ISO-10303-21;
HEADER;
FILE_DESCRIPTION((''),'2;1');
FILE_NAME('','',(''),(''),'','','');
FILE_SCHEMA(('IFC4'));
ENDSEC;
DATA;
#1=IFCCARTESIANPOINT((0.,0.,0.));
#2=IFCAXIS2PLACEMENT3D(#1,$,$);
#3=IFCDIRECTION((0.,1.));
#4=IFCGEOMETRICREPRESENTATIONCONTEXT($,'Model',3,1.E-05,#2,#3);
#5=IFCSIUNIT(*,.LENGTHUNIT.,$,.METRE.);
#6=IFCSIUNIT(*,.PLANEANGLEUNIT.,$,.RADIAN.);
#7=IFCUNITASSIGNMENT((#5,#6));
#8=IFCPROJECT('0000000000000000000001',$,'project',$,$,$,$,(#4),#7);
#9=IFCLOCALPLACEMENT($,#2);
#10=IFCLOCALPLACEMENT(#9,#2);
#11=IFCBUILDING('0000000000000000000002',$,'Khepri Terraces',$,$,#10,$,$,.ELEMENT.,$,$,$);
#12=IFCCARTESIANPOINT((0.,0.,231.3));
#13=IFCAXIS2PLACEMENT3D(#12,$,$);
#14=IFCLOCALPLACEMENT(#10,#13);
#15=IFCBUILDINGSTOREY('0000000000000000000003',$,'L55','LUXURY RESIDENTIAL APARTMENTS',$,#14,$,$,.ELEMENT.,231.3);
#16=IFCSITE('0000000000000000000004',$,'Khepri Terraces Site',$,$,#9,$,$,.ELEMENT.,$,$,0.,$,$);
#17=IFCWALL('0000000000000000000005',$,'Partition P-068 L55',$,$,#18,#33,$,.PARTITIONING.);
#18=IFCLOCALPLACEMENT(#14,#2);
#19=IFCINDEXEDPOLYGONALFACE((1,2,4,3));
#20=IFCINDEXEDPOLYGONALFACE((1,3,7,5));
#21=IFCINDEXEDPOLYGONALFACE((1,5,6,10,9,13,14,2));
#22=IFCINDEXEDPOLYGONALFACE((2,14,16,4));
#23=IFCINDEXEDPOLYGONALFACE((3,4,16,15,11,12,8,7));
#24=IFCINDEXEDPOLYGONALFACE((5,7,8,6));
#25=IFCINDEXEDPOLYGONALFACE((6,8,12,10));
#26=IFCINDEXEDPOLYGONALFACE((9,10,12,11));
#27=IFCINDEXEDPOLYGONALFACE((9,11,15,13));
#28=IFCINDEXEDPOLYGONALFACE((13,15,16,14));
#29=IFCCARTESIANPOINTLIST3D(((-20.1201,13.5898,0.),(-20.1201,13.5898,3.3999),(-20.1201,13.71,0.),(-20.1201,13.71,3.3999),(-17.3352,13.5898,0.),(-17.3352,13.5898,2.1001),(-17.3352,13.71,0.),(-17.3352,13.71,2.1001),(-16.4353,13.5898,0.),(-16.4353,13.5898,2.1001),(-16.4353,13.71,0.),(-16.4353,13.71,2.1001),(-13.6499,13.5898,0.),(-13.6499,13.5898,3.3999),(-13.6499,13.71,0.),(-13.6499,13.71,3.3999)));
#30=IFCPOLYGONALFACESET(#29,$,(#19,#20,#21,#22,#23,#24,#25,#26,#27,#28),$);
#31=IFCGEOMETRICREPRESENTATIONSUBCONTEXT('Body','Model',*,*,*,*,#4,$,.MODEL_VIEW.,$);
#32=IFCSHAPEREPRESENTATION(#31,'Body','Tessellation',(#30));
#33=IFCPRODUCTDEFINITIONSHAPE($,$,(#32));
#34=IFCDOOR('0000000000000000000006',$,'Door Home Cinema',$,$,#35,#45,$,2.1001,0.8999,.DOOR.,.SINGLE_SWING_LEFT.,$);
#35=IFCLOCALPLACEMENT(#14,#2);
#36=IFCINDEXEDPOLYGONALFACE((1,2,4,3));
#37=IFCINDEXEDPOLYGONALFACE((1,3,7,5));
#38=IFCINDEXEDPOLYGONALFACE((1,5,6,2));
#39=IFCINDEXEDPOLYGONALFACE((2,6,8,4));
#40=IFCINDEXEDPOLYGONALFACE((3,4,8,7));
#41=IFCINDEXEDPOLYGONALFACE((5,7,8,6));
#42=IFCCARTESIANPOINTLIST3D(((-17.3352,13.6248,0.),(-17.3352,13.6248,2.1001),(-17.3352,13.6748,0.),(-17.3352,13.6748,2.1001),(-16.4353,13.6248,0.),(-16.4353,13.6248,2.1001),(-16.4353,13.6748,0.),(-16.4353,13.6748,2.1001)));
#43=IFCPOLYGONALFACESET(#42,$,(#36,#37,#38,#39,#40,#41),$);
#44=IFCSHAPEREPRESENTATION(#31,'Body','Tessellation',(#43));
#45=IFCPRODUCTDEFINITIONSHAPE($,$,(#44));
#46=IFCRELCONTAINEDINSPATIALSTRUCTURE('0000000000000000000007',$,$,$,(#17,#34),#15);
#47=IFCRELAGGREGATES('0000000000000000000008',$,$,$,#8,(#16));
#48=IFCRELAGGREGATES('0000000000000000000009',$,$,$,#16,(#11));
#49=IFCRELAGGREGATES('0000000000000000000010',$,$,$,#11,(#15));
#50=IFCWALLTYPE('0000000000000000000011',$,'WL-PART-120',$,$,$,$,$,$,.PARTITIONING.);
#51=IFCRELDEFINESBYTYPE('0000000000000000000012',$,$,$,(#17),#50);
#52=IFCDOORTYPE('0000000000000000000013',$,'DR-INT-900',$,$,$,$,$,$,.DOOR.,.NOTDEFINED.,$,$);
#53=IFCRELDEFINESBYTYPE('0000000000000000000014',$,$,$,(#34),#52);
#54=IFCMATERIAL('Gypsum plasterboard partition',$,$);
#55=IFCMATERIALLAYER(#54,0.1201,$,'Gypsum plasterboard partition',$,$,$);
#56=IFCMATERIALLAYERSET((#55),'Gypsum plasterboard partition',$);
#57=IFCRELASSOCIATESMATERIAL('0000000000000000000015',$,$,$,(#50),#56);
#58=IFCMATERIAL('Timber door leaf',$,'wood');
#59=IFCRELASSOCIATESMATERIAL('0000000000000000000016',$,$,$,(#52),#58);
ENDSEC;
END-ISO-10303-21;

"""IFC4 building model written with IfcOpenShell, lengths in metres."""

from ifc_helpers import new_model, si_unit, direction, frame, frame_2d, origin, place, context, subcontext, project, spatial, rectangle, extrude, material, layer, layer_set, type_object, element, fill, save


model = new_model("IFC4")

# Units and contexts
model_context = context("Model", 3, precision=1e-05, world=origin(), true_north=direction((0.0, 1.0)))
body_context = subcontext(model_context, "Body", "Model", "MODEL_VIEW")
ifc_project = project(units=[si_unit("LENGTHUNIT", "METRE"), si_unit("PLANEANGLEUNIT", "RADIAN")], contexts=[model_context])

# Site, building, storey
site_placement = place(None, origin())
site = spatial("IfcSite", under=ifc_project, at=site_placement, Name="Khepri Terraces Site", CompositionType="ELEMENT", RefElevation=0.0)
building_placement = place(site_placement, origin())
building = spatial("IfcBuilding", under=site, at=building_placement, Name="Khepri Terraces", CompositionType="ELEMENT")
storey_placement = place(building_placement, frame((0.0, 0.0, 231.3)))
storey = spatial("IfcBuildingStorey", under=building, at=storey_placement, Name="L55", Description="LUXURY RESIDENTIAL APARTMENTS", CompositionType="ELEMENT", Elevation=231.3)

# Shared definitions
ifc_material_1 = material(Name="Gypsum plasterboard partition")
ifc_layer_1 = layer(ifc_material_1, 0.1201, Name="Gypsum plasterboard partition")
ifc_layer_set_1 = layer_set([ifc_layer_1], Name="Gypsum plasterboard partition")
wall_type_1 = type_object("IfcWallType", Name="WL-PART-120", PredefinedType="PARTITIONING", material=ifc_layer_set_1)

# Shared definitions
ifc_material_2 = material(Name="Timber door leaf", Category="wood")
door_type_1 = type_object("IfcDoorType", Name="DR-INT-900", OperationType="NOTDEFINED", PredefinedType="DOOR", material=ifc_material_2)

# Wall, opening, door
wall_1_placement = place(storey_placement, frame((-20.1201, 13.6499, 0.0), z_axis=(0.0, 0.0, 1.0), x_axis=(1.0, 0.0, 0.0)))
wall_1 = element("IfcWall", 1, at=wall_1_placement, inside=storey, type_object=wall_type_1, Name="Partition P-068 L55", PredefinedType="PARTITIONING", context=body_context, shape_type="SweptSolid", body=[
    extrude(rectangle(XDim=6.4702, YDim=0.1201, at=frame_2d((3.2351, 0.0))), origin(), (0.0, 0.0, 1.0), 3.3999),
])
opening_1_placement = place(wall_1_placement, frame((2.7849, 0.0, 0.0)))
opening_1 = element("IfcOpeningElement", 2, at=opening_1_placement, cuts=wall_1, PredefinedType="OPENING", context=body_context, shape_type="SweptSolid", body=[
    extrude(rectangle(XDim=0.8999, YDim=2.1001, at=frame_2d((0.45, 1.05))), frame((0.0, 0.0701, 0.0), z_axis=(0.0, -1.0, 0.0), x_axis=(1.0, 0.0, 0.0)), (0.0, 0.0, 1.0), 0.1401),
])
door_1_placement = place(opening_1_placement, origin())
door_1 = element("IfcDoor", 3, at=door_1_placement, inside=storey, type_object=door_type_1, Name="Door Home Cinema", OperationType="SINGLE_SWING_LEFT", OverallHeight=2.1001, OverallWidth=0.8999, PredefinedType="DOOR", context=body_context, shape_type="SweptSolid", body=[
    extrude(rectangle(XDim=0.8999, YDim=2.1001, at=frame_2d((0.45, 1.05))), frame((0.0, 0.0249, 0.0), z_axis=(0.0, -1.0, 0.0), x_axis=(1.0, 0.0, 0.0)), (0.0, 0.0, 1.0), 0.05),
])
fill(opening_1, door_1)

save(model, "model.ifc")
